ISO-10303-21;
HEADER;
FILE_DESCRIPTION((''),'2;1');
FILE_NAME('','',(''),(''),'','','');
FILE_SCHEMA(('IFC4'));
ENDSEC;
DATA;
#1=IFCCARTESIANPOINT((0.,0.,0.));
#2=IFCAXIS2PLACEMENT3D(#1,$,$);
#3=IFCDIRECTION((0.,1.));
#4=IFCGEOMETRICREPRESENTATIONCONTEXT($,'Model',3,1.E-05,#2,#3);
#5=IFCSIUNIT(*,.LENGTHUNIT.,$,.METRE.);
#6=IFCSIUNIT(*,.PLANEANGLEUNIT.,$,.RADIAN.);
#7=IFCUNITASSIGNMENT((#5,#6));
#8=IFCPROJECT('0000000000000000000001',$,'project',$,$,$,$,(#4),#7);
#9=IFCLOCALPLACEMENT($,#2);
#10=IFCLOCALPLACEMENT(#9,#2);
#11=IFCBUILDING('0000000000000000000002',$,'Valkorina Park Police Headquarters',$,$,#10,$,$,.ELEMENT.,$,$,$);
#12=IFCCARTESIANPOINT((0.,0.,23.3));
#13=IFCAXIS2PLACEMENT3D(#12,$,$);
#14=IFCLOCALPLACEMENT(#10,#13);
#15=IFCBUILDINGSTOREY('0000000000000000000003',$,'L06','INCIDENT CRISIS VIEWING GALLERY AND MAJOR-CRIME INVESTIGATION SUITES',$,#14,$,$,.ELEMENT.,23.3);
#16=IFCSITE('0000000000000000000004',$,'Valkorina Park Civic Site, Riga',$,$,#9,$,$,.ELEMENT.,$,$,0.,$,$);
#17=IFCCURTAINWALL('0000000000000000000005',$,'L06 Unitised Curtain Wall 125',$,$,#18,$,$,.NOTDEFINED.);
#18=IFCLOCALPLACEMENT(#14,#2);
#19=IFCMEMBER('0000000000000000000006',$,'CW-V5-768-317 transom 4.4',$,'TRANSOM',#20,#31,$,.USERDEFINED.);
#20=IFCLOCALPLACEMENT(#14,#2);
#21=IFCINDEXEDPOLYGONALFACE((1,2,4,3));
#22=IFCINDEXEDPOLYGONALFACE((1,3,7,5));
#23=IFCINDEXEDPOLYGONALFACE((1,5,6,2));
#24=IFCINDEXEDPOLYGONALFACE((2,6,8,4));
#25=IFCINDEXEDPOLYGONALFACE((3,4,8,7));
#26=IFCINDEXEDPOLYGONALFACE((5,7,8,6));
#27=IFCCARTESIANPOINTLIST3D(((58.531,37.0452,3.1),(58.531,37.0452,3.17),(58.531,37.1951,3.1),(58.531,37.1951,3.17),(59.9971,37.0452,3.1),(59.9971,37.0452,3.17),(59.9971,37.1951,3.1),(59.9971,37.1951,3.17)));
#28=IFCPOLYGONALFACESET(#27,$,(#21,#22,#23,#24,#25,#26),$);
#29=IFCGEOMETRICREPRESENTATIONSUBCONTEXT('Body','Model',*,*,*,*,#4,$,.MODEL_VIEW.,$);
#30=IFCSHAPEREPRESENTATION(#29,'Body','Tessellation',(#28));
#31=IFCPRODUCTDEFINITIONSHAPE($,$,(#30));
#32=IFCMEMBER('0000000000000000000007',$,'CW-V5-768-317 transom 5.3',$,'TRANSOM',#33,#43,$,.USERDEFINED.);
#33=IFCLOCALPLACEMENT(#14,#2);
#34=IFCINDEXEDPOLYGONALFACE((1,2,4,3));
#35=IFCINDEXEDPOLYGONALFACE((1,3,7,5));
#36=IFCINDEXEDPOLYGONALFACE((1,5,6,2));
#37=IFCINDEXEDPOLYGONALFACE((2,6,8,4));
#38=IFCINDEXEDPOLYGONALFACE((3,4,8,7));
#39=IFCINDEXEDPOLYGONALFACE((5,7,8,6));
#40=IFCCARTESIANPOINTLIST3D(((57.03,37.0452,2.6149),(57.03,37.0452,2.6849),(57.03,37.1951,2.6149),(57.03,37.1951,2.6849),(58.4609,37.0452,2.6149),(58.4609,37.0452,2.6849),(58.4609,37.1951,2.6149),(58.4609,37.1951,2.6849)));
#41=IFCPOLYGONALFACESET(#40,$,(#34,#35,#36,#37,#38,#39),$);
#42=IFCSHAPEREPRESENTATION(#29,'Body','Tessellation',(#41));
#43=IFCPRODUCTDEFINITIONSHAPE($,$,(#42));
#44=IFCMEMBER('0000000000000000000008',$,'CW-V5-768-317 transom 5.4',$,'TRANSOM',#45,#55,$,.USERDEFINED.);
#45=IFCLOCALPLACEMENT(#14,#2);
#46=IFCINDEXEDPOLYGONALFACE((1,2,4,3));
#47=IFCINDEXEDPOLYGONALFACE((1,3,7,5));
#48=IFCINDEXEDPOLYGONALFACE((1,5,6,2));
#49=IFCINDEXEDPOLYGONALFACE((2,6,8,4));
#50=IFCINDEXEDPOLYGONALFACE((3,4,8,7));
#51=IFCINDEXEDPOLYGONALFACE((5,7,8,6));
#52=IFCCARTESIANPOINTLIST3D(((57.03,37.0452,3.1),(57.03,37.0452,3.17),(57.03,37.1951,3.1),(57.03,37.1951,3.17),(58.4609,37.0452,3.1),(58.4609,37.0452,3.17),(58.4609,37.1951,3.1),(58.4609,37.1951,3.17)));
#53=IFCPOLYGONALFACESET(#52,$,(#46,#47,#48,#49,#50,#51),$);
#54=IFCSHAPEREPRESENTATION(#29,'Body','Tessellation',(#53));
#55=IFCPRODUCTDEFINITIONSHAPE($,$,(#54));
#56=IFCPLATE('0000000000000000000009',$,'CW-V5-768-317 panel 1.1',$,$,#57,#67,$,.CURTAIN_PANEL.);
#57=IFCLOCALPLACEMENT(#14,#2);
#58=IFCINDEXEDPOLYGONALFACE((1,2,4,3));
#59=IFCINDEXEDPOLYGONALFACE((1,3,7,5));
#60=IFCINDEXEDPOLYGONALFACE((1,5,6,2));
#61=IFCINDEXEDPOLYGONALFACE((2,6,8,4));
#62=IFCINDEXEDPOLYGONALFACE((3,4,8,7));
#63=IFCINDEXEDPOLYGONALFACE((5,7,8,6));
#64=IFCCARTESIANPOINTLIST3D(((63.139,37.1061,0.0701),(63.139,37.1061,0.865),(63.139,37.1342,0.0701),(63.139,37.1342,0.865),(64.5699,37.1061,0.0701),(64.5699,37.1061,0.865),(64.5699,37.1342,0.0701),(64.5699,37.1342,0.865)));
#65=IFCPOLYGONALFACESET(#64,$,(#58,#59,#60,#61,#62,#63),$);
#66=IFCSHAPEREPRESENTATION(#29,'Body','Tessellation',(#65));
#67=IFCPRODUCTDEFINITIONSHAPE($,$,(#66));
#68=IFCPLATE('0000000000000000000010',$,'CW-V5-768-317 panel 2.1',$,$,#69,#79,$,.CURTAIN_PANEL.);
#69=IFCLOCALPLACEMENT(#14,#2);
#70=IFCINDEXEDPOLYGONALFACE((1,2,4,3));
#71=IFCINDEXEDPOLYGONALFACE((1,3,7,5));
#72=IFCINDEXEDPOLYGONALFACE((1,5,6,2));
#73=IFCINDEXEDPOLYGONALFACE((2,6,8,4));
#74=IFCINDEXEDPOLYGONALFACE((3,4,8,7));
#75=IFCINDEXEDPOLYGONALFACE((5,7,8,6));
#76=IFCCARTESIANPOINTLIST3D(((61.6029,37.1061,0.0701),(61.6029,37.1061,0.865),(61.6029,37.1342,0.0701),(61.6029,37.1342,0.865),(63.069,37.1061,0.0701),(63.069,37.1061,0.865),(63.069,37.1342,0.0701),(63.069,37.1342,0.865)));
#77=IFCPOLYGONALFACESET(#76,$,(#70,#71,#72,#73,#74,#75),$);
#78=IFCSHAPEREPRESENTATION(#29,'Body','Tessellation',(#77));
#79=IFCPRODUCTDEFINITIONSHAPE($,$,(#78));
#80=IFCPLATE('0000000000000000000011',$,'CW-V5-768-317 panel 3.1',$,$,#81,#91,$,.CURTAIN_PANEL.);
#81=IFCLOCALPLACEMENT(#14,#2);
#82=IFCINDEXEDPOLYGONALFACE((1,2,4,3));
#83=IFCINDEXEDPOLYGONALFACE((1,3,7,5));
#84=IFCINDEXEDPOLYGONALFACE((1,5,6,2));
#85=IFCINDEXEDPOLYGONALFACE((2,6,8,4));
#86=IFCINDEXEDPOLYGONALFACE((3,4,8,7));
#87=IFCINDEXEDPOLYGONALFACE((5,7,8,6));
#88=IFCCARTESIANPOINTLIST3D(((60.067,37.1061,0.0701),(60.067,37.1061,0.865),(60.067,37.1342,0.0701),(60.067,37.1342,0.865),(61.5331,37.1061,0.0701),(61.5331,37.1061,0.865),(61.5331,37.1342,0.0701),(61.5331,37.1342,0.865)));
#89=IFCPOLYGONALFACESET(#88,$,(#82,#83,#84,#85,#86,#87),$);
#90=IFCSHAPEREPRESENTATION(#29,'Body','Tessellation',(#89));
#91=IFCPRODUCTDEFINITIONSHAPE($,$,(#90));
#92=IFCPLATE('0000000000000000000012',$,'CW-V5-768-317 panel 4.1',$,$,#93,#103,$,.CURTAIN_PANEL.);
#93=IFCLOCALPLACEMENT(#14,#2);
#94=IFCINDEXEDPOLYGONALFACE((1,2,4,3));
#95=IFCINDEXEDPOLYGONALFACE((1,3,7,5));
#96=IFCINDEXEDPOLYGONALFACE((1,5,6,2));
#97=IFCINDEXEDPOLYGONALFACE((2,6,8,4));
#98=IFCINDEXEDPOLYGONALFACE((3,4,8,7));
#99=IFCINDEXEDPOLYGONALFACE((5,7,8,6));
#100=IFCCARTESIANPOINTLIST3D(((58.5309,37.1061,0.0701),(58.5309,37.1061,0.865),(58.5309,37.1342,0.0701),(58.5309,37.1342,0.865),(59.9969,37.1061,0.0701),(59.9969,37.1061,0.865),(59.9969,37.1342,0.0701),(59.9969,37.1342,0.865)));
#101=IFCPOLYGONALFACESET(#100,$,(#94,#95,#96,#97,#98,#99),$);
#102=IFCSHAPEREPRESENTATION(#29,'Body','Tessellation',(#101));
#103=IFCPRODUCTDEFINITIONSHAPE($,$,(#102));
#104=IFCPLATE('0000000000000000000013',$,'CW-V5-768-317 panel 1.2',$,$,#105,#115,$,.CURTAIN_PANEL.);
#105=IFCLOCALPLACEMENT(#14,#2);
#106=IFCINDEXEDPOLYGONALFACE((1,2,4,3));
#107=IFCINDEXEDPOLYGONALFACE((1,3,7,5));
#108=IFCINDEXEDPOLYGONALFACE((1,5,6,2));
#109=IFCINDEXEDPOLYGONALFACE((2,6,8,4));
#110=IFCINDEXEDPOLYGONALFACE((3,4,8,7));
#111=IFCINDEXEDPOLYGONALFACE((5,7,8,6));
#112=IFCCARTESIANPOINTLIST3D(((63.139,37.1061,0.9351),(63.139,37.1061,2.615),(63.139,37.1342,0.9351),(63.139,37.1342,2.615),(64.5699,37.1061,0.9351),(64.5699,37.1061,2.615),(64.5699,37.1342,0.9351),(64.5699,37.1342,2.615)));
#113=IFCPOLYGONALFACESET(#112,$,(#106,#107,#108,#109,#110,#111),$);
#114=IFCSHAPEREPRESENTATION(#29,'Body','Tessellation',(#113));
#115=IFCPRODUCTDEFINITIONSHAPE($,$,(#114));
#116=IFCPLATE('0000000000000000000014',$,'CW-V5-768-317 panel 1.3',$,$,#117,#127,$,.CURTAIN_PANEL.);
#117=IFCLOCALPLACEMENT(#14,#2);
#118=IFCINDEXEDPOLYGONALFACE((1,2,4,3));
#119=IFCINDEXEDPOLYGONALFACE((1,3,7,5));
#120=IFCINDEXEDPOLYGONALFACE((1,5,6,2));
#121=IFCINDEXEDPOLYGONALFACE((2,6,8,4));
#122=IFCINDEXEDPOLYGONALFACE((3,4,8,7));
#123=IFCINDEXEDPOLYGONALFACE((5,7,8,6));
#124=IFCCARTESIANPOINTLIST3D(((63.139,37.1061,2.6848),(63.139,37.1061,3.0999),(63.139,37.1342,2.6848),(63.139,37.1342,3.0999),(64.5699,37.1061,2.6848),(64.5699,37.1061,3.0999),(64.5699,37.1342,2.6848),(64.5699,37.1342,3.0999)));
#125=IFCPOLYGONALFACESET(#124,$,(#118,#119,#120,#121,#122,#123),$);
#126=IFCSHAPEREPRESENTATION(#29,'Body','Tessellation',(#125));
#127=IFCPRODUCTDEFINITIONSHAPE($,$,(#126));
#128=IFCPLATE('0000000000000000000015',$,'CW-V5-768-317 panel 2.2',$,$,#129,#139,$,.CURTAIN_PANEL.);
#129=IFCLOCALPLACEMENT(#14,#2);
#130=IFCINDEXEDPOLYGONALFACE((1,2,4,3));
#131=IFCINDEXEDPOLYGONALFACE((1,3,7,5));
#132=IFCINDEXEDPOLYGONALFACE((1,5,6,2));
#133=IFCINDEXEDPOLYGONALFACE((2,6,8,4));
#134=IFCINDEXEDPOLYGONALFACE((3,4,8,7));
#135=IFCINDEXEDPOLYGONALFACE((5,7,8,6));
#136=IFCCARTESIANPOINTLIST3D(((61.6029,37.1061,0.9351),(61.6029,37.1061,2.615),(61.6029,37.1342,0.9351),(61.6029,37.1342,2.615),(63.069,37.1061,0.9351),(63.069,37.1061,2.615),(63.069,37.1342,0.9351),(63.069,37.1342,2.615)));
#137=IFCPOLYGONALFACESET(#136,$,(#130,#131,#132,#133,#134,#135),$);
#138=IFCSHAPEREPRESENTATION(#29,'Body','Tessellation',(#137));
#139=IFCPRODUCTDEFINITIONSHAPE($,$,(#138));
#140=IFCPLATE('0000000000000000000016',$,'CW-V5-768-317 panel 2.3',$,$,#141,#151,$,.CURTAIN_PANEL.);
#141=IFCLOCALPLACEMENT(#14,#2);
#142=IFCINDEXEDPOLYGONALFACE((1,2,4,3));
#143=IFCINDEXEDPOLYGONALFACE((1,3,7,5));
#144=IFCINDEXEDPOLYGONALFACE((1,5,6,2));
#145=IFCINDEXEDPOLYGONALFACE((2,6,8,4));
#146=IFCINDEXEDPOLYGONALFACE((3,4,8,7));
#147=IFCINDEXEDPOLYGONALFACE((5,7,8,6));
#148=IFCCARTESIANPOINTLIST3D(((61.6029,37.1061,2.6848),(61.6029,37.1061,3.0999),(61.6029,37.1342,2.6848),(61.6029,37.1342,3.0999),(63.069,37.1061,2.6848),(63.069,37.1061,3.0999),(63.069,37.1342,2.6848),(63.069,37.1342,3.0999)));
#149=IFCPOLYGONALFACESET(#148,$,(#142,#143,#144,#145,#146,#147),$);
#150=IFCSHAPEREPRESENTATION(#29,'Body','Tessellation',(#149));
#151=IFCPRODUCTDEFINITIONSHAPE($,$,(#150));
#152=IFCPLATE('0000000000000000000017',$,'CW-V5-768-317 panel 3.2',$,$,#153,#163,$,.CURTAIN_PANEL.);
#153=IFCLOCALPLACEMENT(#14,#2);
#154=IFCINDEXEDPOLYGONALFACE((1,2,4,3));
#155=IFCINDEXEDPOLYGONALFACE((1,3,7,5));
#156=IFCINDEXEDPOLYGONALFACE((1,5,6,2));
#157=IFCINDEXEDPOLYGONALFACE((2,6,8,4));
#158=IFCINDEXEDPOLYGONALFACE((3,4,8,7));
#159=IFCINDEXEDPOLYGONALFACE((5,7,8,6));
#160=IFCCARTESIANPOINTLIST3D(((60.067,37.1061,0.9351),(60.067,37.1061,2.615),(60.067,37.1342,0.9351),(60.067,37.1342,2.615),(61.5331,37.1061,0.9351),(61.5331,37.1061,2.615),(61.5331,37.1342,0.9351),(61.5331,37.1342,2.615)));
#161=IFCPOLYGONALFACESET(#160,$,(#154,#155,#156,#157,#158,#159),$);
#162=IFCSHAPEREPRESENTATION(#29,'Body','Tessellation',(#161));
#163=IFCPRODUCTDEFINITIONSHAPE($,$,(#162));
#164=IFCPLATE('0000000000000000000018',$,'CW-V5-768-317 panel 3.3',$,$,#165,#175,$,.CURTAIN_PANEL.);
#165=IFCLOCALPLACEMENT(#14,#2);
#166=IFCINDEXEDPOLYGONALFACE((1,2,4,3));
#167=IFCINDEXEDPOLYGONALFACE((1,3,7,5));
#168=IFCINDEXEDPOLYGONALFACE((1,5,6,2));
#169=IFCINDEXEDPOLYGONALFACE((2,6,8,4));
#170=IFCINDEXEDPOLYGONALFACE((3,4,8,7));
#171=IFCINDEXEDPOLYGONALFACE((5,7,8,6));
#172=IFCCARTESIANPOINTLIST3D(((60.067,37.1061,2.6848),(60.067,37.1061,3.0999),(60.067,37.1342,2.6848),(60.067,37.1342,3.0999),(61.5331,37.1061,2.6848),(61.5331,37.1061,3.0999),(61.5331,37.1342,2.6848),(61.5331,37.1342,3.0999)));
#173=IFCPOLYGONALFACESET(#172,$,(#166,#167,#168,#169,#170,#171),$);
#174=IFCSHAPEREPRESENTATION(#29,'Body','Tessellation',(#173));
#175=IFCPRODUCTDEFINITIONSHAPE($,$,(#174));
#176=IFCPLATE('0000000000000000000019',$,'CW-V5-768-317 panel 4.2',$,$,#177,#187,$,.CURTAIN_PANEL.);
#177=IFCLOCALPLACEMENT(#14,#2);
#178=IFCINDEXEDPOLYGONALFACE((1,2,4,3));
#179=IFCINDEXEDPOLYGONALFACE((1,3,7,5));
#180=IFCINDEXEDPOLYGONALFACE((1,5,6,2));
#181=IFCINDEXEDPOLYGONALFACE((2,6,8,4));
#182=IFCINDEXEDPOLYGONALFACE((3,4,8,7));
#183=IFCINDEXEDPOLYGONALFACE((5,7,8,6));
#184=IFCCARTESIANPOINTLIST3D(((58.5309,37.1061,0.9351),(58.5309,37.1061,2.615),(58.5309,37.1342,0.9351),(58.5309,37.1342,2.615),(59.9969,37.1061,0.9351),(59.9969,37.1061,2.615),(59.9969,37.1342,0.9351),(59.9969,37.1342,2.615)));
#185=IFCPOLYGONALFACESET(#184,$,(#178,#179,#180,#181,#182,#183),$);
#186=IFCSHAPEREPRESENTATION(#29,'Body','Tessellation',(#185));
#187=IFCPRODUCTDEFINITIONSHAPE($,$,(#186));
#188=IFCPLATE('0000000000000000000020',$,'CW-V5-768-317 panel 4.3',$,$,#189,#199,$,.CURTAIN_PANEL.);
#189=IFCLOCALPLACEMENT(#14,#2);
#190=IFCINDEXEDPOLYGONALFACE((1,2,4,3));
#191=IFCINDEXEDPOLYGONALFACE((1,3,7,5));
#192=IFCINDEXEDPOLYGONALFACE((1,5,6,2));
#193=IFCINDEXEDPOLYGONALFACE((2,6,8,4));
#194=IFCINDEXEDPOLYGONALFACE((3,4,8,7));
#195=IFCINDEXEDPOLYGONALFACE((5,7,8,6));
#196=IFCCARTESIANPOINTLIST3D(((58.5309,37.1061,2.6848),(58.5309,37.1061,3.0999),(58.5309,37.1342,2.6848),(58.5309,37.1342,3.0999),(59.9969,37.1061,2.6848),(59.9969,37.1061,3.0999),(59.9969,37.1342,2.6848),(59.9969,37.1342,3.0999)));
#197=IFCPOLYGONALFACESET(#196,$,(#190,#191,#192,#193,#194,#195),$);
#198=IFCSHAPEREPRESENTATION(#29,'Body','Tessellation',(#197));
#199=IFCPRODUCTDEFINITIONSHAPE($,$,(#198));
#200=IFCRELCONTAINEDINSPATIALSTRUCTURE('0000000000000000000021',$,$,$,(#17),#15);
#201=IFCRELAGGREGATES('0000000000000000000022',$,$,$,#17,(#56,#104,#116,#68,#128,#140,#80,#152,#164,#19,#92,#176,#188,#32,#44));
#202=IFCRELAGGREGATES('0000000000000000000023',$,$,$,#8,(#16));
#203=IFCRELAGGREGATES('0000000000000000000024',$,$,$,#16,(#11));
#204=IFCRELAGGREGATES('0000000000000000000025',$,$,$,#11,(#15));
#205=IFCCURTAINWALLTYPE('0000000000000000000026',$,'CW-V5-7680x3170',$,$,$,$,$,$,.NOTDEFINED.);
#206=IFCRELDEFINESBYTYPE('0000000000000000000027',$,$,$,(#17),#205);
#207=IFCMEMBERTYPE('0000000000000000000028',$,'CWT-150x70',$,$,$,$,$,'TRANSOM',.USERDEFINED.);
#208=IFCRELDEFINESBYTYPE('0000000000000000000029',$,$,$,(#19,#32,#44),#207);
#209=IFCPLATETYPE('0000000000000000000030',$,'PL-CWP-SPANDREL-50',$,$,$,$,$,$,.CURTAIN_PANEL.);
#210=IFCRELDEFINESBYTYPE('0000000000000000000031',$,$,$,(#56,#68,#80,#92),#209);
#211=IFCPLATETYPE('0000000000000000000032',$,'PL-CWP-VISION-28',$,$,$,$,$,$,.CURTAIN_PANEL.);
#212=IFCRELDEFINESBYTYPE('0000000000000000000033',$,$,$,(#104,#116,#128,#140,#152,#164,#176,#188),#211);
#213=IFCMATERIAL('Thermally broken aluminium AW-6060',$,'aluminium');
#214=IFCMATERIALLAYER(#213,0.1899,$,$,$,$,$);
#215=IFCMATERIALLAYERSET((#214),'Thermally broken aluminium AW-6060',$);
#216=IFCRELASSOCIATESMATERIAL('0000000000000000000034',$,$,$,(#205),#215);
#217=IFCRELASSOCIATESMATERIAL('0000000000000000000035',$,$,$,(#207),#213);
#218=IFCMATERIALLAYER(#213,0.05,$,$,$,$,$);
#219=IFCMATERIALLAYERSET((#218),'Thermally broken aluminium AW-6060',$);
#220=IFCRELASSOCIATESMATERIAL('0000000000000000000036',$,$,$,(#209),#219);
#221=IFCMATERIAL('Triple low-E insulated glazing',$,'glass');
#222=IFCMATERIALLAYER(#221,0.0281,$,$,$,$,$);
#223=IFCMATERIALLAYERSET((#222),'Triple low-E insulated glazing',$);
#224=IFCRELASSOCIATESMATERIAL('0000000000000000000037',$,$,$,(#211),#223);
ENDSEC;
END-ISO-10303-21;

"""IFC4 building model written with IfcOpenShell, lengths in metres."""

from ifc_helpers import new_model, si_unit, direction, frame, origin, origin_2d, place, context, subcontext, project, spatial, rectangle, extrude, material, layer, layer_set, material_profile, profile_set, type_object, element, aggregate, save


model = new_model("IFC4")

# Units and contexts
model_context = context("Model", 3, precision=1e-05, world=origin(), true_north=direction((0.0, 1.0)))
body_context = subcontext(model_context, "Body", "Model", "MODEL_VIEW")
ifc_project = project(units=[si_unit("LENGTHUNIT", "METRE"), si_unit("PLANEANGLEUNIT", "RADIAN")], contexts=[model_context])

# Site, building, storey
site_placement = place(None, origin())
site = spatial("IfcSite", under=ifc_project, at=site_placement, Name="Valkorina Park Civic Site, Riga", CompositionType="ELEMENT", RefElevation=0.0)
building_placement = place(site_placement, origin())
building = spatial("IfcBuilding", under=site, at=building_placement, Name="Valkorina Park Police Headquarters", CompositionType="ELEMENT")
storey_placement = place(building_placement, frame((0.0, 0.0, 23.3)))
storey = spatial("IfcBuildingStorey", under=building, at=storey_placement, Name="L06", Description="INCIDENT CRISIS VIEWING GALLERY AND MAJOR-CRIME INVESTIGATION SUITES", CompositionType="ELEMENT", Elevation=23.3)

# Curtain wall, members, plates
ifc_material_1 = material(Name="Thermally broken aluminium AW-6060", Category="aluminium")
ifc_layer_1 = layer(ifc_material_1, 0.1899)
ifc_layer_set_1 = layer_set([ifc_layer_1], Name="Thermally broken aluminium AW-6060")
curtain_wall_type = type_object("IfcCurtainWallType", Name="CW-V5-7680x3170", PredefinedType="NOTDEFINED", material=ifc_layer_set_1)
curtain_wall_placement = place(storey_placement, origin())
curtain_wall = element("IfcCurtainWall", 1, at=curtain_wall_placement, inside=storey, type_object=curtain_wall_type, Name="L06 Unitised Curtain Wall 125", PredefinedType="NOTDEFINED")
ifc_material_profile_1 = material_profile(ifc_material_1, rectangle(XDim=0.1499, YDim=0.0701, at=origin_2d()), Name="CWT-02 150x70")
ifc_profile_set_1 = profile_set([ifc_material_profile_1], Name="Thermally broken aluminium AW-6060")
member_type_1 = type_object("IfcMemberType", Name="CWT-150x70", ElementType="TRANSOM", PredefinedType="USERDEFINED", material=ifc_profile_set_1)
member_1_placement = place(storey_placement, frame((59.9971, 37.1201, 3.135), z_axis=(-1.0, 0.0, 0.0), x_axis=(0.0, -1.0, 0.0)))
member_1 = element("IfcMember", 2, at=member_1_placement, type_object=member_type_1, Name="CW-V5-768-317 transom 4.4", ObjectType="TRANSOM", PredefinedType="USERDEFINED", context=body_context, shape_type="SweptSolid", body=[
    extrude(rectangle(XDim=0.1499, YDim=0.0701, at=origin_2d()), origin(), (0.0, 0.0, 1.0), 1.4661),
])
member_2_placement = place(storey_placement, frame((58.4609, 37.1201, 2.6499), z_axis=(-1.0, 0.0, 0.0), x_axis=(0.0, -1.0, 0.0)))
member_2 = element("IfcMember", 3, at=member_2_placement, type_object=member_type_1, Name="CW-V5-768-317 transom 5.3", ObjectType="TRANSOM", PredefinedType="USERDEFINED", context=body_context, shape_type="SweptSolid", body=[
    extrude(rectangle(XDim=0.1499, YDim=0.0701, at=origin_2d()), origin(), (0.0, 0.0, 1.0), 1.4309),
])
member_3_placement = place(storey_placement, frame((58.4609, 37.1201, 3.135), z_axis=(-1.0, 0.0, 0.0), x_axis=(0.0, -1.0, 0.0)))
member_3 = element("IfcMember", 4, at=member_3_placement, type_object=member_type_1, Name="CW-V5-768-317 transom 5.4", ObjectType="TRANSOM", PredefinedType="USERDEFINED", context=body_context, shape_type="SweptSolid", body=[
    extrude(rectangle(XDim=0.1499, YDim=0.0701, at=origin_2d()), origin(), (0.0, 0.0, 1.0), 1.4309),
])
ifc_layer_2 = layer(ifc_material_1, 0.05)
ifc_layer_set_2 = layer_set([ifc_layer_2], Name="Thermally broken aluminium AW-6060")
plate_type_1 = type_object("IfcPlateType", Name="PL-CWP-SPANDREL-50", PredefinedType="CURTAIN_PANEL", material=ifc_layer_set_2)
plate_1_placement = place(storey_placement, frame((63.8545, 37.1201, 0.0701), z_axis=(0.0, 0.0, 1.0), x_axis=(-1.0, 0.0, 0.0)))
plate_1 = element("IfcPlate", 5, at=plate_1_placement, type_object=plate_type_1, Name="CW-V5-768-317 panel 1.1", PredefinedType="CURTAIN_PANEL", context=body_context, shape_type="SweptSolid", body=[
    extrude(rectangle(XDim=1.4309, YDim=0.0281, at=origin_2d()), origin(), (0.0, 0.0, 1.0), 0.7949),
])
plate_2_placement = place(storey_placement, frame((62.3359, 37.1201, 0.0701), z_axis=(0.0, 0.0, 1.0), x_axis=(-1.0, 0.0, 0.0)))
plate_2 = element("IfcPlate", 6, at=plate_2_placement, type_object=plate_type_1, Name="CW-V5-768-317 panel 2.1", PredefinedType="CURTAIN_PANEL", context=body_context, shape_type="SweptSolid", body=[
    extrude(rectangle(XDim=1.4661, YDim=0.0281, at=origin_2d()), origin(), (0.0, 0.0, 1.0), 0.7949),
])
plate_3_placement = place(storey_placement, frame((60.8, 37.1201, 0.0701), z_axis=(0.0, 0.0, 1.0), x_axis=(-1.0, 0.0, 0.0)))
plate_3 = element("IfcPlate", 7, at=plate_3_placement, type_object=plate_type_1, Name="CW-V5-768-317 panel 3.1", PredefinedType="CURTAIN_PANEL", context=body_context, shape_type="SweptSolid", body=[
    extrude(rectangle(XDim=1.4661, YDim=0.0281, at=origin_2d()), origin(), (0.0, 0.0, 1.0), 0.7949),
])
plate_4_placement = place(storey_placement, frame((59.2639, 37.1201, 0.0701), z_axis=(0.0, 0.0, 1.0), x_axis=(-1.0, 0.0, 0.0)))
plate_4 = element("IfcPlate", 8, at=plate_4_placement, type_object=plate_type_1, Name="CW-V5-768-317 panel 4.1", PredefinedType="CURTAIN_PANEL", context=body_context, shape_type="SweptSolid", body=[
    extrude(rectangle(XDim=1.4661, YDim=0.0281, at=origin_2d()), origin(), (0.0, 0.0, 1.0), 0.7949),
])
ifc_material_2 = material(Name="Triple low-E insulated glazing", Category="glass")
ifc_layer_3 = layer(ifc_material_2, 0.0281)
ifc_layer_set_3 = layer_set([ifc_layer_3], Name="Triple low-E insulated glazing")
plate_type_2 = type_object("IfcPlateType", Name="PL-CWP-VISION-28", PredefinedType="CURTAIN_PANEL", material=ifc_layer_set_3)
plate_5_placement = place(storey_placement, frame((63.8545, 37.1201, 0.9351), z_axis=(0.0, 0.0, 1.0), x_axis=(-1.0, 0.0, 0.0)))
plate_5 = element("IfcPlate", 9, at=plate_5_placement, type_object=plate_type_2, Name="CW-V5-768-317 panel 1.2", PredefinedType="CURTAIN_PANEL", context=body_context, shape_type="SweptSolid", body=[
    extrude(rectangle(XDim=1.4309, YDim=0.0281, at=origin_2d()), origin(), (0.0, 0.0, 1.0), 1.6799),
])
plate_6_placement = place(storey_placement, frame((63.8545, 37.1201, 2.6848), z_axis=(0.0, 0.0, 1.0), x_axis=(-1.0, 0.0, 0.0)))
plate_6 = element("IfcPlate", 10, at=plate_6_placement, type_object=plate_type_2, Name="CW-V5-768-317 panel 1.3", PredefinedType="CURTAIN_PANEL", context=body_context, shape_type="SweptSolid", body=[
    extrude(rectangle(XDim=1.4309, YDim=0.0281, at=origin_2d()), origin(), (0.0, 0.0, 1.0), 0.415),
])
plate_7_placement = place(storey_placement, frame((62.3359, 37.1201, 0.9351), z_axis=(0.0, 0.0, 1.0), x_axis=(-1.0, 0.0, 0.0)))
plate_7 = element("IfcPlate", 11, at=plate_7_placement, type_object=plate_type_2, Name="CW-V5-768-317 panel 2.2", PredefinedType="CURTAIN_PANEL", context=body_context, shape_type="SweptSolid", body=[
    extrude(rectangle(XDim=1.4661, YDim=0.0281, at=origin_2d()), origin(), (0.0, 0.0, 1.0), 1.6799),
])
plate_8_placement = place(storey_placement, frame((62.3359, 37.1201, 2.6848), z_axis=(0.0, 0.0, 1.0), x_axis=(-1.0, 0.0, 0.0)))
plate_8 = element("IfcPlate", 12, at=plate_8_placement, type_object=plate_type_2, Name="CW-V5-768-317 panel 2.3", PredefinedType="CURTAIN_PANEL", context=body_context, shape_type="SweptSolid", body=[
    extrude(rectangle(XDim=1.4661, YDim=0.0281, at=origin_2d()), origin(), (0.0, 0.0, 1.0), 0.415),
])
plate_9_placement = place(storey_placement, frame((60.8, 37.1201, 0.9351), z_axis=(0.0, 0.0, 1.0), x_axis=(-1.0, 0.0, 0.0)))
plate_9 = element("IfcPlate", 13, at=plate_9_placement, type_object=plate_type_2, Name="CW-V5-768-317 panel 3.2", PredefinedType="CURTAIN_PANEL", context=body_context, shape_type="SweptSolid", body=[
    extrude(rectangle(XDim=1.4661, YDim=0.0281, at=origin_2d()), origin(), (0.0, 0.0, 1.0), 1.6799),
])
plate_10_placement = place(storey_placement, frame((60.8, 37.1201, 2.6848), z_axis=(0.0, 0.0, 1.0), x_axis=(-1.0, 0.0, 0.0)))
plate_10 = element("IfcPlate", 14, at=plate_10_placement, type_object=plate_type_2, Name="CW-V5-768-317 panel 3.3", PredefinedType="CURTAIN_PANEL", context=body_context, shape_type="SweptSolid", body=[
    extrude(rectangle(XDim=1.4661, YDim=0.0281, at=origin_2d()), origin(), (0.0, 0.0, 1.0), 0.415),
])
plate_11_placement = place(storey_placement, frame((59.2639, 37.1201, 0.9351), z_axis=(0.0, 0.0, 1.0), x_axis=(-1.0, 0.0, 0.0)))
plate_11 = element("IfcPlate", 15, at=plate_11_placement, type_object=plate_type_2, Name="CW-V5-768-317 panel 4.2", PredefinedType="CURTAIN_PANEL", context=body_context, shape_type="SweptSolid", body=[
    extrude(rectangle(XDim=1.4661, YDim=0.0281, at=origin_2d()), origin(), (0.0, 0.0, 1.0), 1.6799),
])
plate_12_placement = place(storey_placement, frame((59.2639, 37.1201, 2.6848), z_axis=(0.0, 0.0, 1.0), x_axis=(-1.0, 0.0, 0.0)))
plate_12 = element("IfcPlate", 16, at=plate_12_placement, type_object=plate_type_2, Name="CW-V5-768-317 panel 4.3", PredefinedType="CURTAIN_PANEL", context=body_context, shape_type="SweptSolid", body=[
    extrude(rectangle(XDim=1.4661, YDim=0.0281, at=origin_2d()), origin(), (0.0, 0.0, 1.0), 0.415),
])
aggregate(curtain_wall, [plate_1, plate_5, plate_6, plate_2, plate_7, plate_8, plate_3, plate_9, plate_10, member_1, plate_4, plate_11, plate_12, member_2, member_3])

save(model, "model.ifc")
